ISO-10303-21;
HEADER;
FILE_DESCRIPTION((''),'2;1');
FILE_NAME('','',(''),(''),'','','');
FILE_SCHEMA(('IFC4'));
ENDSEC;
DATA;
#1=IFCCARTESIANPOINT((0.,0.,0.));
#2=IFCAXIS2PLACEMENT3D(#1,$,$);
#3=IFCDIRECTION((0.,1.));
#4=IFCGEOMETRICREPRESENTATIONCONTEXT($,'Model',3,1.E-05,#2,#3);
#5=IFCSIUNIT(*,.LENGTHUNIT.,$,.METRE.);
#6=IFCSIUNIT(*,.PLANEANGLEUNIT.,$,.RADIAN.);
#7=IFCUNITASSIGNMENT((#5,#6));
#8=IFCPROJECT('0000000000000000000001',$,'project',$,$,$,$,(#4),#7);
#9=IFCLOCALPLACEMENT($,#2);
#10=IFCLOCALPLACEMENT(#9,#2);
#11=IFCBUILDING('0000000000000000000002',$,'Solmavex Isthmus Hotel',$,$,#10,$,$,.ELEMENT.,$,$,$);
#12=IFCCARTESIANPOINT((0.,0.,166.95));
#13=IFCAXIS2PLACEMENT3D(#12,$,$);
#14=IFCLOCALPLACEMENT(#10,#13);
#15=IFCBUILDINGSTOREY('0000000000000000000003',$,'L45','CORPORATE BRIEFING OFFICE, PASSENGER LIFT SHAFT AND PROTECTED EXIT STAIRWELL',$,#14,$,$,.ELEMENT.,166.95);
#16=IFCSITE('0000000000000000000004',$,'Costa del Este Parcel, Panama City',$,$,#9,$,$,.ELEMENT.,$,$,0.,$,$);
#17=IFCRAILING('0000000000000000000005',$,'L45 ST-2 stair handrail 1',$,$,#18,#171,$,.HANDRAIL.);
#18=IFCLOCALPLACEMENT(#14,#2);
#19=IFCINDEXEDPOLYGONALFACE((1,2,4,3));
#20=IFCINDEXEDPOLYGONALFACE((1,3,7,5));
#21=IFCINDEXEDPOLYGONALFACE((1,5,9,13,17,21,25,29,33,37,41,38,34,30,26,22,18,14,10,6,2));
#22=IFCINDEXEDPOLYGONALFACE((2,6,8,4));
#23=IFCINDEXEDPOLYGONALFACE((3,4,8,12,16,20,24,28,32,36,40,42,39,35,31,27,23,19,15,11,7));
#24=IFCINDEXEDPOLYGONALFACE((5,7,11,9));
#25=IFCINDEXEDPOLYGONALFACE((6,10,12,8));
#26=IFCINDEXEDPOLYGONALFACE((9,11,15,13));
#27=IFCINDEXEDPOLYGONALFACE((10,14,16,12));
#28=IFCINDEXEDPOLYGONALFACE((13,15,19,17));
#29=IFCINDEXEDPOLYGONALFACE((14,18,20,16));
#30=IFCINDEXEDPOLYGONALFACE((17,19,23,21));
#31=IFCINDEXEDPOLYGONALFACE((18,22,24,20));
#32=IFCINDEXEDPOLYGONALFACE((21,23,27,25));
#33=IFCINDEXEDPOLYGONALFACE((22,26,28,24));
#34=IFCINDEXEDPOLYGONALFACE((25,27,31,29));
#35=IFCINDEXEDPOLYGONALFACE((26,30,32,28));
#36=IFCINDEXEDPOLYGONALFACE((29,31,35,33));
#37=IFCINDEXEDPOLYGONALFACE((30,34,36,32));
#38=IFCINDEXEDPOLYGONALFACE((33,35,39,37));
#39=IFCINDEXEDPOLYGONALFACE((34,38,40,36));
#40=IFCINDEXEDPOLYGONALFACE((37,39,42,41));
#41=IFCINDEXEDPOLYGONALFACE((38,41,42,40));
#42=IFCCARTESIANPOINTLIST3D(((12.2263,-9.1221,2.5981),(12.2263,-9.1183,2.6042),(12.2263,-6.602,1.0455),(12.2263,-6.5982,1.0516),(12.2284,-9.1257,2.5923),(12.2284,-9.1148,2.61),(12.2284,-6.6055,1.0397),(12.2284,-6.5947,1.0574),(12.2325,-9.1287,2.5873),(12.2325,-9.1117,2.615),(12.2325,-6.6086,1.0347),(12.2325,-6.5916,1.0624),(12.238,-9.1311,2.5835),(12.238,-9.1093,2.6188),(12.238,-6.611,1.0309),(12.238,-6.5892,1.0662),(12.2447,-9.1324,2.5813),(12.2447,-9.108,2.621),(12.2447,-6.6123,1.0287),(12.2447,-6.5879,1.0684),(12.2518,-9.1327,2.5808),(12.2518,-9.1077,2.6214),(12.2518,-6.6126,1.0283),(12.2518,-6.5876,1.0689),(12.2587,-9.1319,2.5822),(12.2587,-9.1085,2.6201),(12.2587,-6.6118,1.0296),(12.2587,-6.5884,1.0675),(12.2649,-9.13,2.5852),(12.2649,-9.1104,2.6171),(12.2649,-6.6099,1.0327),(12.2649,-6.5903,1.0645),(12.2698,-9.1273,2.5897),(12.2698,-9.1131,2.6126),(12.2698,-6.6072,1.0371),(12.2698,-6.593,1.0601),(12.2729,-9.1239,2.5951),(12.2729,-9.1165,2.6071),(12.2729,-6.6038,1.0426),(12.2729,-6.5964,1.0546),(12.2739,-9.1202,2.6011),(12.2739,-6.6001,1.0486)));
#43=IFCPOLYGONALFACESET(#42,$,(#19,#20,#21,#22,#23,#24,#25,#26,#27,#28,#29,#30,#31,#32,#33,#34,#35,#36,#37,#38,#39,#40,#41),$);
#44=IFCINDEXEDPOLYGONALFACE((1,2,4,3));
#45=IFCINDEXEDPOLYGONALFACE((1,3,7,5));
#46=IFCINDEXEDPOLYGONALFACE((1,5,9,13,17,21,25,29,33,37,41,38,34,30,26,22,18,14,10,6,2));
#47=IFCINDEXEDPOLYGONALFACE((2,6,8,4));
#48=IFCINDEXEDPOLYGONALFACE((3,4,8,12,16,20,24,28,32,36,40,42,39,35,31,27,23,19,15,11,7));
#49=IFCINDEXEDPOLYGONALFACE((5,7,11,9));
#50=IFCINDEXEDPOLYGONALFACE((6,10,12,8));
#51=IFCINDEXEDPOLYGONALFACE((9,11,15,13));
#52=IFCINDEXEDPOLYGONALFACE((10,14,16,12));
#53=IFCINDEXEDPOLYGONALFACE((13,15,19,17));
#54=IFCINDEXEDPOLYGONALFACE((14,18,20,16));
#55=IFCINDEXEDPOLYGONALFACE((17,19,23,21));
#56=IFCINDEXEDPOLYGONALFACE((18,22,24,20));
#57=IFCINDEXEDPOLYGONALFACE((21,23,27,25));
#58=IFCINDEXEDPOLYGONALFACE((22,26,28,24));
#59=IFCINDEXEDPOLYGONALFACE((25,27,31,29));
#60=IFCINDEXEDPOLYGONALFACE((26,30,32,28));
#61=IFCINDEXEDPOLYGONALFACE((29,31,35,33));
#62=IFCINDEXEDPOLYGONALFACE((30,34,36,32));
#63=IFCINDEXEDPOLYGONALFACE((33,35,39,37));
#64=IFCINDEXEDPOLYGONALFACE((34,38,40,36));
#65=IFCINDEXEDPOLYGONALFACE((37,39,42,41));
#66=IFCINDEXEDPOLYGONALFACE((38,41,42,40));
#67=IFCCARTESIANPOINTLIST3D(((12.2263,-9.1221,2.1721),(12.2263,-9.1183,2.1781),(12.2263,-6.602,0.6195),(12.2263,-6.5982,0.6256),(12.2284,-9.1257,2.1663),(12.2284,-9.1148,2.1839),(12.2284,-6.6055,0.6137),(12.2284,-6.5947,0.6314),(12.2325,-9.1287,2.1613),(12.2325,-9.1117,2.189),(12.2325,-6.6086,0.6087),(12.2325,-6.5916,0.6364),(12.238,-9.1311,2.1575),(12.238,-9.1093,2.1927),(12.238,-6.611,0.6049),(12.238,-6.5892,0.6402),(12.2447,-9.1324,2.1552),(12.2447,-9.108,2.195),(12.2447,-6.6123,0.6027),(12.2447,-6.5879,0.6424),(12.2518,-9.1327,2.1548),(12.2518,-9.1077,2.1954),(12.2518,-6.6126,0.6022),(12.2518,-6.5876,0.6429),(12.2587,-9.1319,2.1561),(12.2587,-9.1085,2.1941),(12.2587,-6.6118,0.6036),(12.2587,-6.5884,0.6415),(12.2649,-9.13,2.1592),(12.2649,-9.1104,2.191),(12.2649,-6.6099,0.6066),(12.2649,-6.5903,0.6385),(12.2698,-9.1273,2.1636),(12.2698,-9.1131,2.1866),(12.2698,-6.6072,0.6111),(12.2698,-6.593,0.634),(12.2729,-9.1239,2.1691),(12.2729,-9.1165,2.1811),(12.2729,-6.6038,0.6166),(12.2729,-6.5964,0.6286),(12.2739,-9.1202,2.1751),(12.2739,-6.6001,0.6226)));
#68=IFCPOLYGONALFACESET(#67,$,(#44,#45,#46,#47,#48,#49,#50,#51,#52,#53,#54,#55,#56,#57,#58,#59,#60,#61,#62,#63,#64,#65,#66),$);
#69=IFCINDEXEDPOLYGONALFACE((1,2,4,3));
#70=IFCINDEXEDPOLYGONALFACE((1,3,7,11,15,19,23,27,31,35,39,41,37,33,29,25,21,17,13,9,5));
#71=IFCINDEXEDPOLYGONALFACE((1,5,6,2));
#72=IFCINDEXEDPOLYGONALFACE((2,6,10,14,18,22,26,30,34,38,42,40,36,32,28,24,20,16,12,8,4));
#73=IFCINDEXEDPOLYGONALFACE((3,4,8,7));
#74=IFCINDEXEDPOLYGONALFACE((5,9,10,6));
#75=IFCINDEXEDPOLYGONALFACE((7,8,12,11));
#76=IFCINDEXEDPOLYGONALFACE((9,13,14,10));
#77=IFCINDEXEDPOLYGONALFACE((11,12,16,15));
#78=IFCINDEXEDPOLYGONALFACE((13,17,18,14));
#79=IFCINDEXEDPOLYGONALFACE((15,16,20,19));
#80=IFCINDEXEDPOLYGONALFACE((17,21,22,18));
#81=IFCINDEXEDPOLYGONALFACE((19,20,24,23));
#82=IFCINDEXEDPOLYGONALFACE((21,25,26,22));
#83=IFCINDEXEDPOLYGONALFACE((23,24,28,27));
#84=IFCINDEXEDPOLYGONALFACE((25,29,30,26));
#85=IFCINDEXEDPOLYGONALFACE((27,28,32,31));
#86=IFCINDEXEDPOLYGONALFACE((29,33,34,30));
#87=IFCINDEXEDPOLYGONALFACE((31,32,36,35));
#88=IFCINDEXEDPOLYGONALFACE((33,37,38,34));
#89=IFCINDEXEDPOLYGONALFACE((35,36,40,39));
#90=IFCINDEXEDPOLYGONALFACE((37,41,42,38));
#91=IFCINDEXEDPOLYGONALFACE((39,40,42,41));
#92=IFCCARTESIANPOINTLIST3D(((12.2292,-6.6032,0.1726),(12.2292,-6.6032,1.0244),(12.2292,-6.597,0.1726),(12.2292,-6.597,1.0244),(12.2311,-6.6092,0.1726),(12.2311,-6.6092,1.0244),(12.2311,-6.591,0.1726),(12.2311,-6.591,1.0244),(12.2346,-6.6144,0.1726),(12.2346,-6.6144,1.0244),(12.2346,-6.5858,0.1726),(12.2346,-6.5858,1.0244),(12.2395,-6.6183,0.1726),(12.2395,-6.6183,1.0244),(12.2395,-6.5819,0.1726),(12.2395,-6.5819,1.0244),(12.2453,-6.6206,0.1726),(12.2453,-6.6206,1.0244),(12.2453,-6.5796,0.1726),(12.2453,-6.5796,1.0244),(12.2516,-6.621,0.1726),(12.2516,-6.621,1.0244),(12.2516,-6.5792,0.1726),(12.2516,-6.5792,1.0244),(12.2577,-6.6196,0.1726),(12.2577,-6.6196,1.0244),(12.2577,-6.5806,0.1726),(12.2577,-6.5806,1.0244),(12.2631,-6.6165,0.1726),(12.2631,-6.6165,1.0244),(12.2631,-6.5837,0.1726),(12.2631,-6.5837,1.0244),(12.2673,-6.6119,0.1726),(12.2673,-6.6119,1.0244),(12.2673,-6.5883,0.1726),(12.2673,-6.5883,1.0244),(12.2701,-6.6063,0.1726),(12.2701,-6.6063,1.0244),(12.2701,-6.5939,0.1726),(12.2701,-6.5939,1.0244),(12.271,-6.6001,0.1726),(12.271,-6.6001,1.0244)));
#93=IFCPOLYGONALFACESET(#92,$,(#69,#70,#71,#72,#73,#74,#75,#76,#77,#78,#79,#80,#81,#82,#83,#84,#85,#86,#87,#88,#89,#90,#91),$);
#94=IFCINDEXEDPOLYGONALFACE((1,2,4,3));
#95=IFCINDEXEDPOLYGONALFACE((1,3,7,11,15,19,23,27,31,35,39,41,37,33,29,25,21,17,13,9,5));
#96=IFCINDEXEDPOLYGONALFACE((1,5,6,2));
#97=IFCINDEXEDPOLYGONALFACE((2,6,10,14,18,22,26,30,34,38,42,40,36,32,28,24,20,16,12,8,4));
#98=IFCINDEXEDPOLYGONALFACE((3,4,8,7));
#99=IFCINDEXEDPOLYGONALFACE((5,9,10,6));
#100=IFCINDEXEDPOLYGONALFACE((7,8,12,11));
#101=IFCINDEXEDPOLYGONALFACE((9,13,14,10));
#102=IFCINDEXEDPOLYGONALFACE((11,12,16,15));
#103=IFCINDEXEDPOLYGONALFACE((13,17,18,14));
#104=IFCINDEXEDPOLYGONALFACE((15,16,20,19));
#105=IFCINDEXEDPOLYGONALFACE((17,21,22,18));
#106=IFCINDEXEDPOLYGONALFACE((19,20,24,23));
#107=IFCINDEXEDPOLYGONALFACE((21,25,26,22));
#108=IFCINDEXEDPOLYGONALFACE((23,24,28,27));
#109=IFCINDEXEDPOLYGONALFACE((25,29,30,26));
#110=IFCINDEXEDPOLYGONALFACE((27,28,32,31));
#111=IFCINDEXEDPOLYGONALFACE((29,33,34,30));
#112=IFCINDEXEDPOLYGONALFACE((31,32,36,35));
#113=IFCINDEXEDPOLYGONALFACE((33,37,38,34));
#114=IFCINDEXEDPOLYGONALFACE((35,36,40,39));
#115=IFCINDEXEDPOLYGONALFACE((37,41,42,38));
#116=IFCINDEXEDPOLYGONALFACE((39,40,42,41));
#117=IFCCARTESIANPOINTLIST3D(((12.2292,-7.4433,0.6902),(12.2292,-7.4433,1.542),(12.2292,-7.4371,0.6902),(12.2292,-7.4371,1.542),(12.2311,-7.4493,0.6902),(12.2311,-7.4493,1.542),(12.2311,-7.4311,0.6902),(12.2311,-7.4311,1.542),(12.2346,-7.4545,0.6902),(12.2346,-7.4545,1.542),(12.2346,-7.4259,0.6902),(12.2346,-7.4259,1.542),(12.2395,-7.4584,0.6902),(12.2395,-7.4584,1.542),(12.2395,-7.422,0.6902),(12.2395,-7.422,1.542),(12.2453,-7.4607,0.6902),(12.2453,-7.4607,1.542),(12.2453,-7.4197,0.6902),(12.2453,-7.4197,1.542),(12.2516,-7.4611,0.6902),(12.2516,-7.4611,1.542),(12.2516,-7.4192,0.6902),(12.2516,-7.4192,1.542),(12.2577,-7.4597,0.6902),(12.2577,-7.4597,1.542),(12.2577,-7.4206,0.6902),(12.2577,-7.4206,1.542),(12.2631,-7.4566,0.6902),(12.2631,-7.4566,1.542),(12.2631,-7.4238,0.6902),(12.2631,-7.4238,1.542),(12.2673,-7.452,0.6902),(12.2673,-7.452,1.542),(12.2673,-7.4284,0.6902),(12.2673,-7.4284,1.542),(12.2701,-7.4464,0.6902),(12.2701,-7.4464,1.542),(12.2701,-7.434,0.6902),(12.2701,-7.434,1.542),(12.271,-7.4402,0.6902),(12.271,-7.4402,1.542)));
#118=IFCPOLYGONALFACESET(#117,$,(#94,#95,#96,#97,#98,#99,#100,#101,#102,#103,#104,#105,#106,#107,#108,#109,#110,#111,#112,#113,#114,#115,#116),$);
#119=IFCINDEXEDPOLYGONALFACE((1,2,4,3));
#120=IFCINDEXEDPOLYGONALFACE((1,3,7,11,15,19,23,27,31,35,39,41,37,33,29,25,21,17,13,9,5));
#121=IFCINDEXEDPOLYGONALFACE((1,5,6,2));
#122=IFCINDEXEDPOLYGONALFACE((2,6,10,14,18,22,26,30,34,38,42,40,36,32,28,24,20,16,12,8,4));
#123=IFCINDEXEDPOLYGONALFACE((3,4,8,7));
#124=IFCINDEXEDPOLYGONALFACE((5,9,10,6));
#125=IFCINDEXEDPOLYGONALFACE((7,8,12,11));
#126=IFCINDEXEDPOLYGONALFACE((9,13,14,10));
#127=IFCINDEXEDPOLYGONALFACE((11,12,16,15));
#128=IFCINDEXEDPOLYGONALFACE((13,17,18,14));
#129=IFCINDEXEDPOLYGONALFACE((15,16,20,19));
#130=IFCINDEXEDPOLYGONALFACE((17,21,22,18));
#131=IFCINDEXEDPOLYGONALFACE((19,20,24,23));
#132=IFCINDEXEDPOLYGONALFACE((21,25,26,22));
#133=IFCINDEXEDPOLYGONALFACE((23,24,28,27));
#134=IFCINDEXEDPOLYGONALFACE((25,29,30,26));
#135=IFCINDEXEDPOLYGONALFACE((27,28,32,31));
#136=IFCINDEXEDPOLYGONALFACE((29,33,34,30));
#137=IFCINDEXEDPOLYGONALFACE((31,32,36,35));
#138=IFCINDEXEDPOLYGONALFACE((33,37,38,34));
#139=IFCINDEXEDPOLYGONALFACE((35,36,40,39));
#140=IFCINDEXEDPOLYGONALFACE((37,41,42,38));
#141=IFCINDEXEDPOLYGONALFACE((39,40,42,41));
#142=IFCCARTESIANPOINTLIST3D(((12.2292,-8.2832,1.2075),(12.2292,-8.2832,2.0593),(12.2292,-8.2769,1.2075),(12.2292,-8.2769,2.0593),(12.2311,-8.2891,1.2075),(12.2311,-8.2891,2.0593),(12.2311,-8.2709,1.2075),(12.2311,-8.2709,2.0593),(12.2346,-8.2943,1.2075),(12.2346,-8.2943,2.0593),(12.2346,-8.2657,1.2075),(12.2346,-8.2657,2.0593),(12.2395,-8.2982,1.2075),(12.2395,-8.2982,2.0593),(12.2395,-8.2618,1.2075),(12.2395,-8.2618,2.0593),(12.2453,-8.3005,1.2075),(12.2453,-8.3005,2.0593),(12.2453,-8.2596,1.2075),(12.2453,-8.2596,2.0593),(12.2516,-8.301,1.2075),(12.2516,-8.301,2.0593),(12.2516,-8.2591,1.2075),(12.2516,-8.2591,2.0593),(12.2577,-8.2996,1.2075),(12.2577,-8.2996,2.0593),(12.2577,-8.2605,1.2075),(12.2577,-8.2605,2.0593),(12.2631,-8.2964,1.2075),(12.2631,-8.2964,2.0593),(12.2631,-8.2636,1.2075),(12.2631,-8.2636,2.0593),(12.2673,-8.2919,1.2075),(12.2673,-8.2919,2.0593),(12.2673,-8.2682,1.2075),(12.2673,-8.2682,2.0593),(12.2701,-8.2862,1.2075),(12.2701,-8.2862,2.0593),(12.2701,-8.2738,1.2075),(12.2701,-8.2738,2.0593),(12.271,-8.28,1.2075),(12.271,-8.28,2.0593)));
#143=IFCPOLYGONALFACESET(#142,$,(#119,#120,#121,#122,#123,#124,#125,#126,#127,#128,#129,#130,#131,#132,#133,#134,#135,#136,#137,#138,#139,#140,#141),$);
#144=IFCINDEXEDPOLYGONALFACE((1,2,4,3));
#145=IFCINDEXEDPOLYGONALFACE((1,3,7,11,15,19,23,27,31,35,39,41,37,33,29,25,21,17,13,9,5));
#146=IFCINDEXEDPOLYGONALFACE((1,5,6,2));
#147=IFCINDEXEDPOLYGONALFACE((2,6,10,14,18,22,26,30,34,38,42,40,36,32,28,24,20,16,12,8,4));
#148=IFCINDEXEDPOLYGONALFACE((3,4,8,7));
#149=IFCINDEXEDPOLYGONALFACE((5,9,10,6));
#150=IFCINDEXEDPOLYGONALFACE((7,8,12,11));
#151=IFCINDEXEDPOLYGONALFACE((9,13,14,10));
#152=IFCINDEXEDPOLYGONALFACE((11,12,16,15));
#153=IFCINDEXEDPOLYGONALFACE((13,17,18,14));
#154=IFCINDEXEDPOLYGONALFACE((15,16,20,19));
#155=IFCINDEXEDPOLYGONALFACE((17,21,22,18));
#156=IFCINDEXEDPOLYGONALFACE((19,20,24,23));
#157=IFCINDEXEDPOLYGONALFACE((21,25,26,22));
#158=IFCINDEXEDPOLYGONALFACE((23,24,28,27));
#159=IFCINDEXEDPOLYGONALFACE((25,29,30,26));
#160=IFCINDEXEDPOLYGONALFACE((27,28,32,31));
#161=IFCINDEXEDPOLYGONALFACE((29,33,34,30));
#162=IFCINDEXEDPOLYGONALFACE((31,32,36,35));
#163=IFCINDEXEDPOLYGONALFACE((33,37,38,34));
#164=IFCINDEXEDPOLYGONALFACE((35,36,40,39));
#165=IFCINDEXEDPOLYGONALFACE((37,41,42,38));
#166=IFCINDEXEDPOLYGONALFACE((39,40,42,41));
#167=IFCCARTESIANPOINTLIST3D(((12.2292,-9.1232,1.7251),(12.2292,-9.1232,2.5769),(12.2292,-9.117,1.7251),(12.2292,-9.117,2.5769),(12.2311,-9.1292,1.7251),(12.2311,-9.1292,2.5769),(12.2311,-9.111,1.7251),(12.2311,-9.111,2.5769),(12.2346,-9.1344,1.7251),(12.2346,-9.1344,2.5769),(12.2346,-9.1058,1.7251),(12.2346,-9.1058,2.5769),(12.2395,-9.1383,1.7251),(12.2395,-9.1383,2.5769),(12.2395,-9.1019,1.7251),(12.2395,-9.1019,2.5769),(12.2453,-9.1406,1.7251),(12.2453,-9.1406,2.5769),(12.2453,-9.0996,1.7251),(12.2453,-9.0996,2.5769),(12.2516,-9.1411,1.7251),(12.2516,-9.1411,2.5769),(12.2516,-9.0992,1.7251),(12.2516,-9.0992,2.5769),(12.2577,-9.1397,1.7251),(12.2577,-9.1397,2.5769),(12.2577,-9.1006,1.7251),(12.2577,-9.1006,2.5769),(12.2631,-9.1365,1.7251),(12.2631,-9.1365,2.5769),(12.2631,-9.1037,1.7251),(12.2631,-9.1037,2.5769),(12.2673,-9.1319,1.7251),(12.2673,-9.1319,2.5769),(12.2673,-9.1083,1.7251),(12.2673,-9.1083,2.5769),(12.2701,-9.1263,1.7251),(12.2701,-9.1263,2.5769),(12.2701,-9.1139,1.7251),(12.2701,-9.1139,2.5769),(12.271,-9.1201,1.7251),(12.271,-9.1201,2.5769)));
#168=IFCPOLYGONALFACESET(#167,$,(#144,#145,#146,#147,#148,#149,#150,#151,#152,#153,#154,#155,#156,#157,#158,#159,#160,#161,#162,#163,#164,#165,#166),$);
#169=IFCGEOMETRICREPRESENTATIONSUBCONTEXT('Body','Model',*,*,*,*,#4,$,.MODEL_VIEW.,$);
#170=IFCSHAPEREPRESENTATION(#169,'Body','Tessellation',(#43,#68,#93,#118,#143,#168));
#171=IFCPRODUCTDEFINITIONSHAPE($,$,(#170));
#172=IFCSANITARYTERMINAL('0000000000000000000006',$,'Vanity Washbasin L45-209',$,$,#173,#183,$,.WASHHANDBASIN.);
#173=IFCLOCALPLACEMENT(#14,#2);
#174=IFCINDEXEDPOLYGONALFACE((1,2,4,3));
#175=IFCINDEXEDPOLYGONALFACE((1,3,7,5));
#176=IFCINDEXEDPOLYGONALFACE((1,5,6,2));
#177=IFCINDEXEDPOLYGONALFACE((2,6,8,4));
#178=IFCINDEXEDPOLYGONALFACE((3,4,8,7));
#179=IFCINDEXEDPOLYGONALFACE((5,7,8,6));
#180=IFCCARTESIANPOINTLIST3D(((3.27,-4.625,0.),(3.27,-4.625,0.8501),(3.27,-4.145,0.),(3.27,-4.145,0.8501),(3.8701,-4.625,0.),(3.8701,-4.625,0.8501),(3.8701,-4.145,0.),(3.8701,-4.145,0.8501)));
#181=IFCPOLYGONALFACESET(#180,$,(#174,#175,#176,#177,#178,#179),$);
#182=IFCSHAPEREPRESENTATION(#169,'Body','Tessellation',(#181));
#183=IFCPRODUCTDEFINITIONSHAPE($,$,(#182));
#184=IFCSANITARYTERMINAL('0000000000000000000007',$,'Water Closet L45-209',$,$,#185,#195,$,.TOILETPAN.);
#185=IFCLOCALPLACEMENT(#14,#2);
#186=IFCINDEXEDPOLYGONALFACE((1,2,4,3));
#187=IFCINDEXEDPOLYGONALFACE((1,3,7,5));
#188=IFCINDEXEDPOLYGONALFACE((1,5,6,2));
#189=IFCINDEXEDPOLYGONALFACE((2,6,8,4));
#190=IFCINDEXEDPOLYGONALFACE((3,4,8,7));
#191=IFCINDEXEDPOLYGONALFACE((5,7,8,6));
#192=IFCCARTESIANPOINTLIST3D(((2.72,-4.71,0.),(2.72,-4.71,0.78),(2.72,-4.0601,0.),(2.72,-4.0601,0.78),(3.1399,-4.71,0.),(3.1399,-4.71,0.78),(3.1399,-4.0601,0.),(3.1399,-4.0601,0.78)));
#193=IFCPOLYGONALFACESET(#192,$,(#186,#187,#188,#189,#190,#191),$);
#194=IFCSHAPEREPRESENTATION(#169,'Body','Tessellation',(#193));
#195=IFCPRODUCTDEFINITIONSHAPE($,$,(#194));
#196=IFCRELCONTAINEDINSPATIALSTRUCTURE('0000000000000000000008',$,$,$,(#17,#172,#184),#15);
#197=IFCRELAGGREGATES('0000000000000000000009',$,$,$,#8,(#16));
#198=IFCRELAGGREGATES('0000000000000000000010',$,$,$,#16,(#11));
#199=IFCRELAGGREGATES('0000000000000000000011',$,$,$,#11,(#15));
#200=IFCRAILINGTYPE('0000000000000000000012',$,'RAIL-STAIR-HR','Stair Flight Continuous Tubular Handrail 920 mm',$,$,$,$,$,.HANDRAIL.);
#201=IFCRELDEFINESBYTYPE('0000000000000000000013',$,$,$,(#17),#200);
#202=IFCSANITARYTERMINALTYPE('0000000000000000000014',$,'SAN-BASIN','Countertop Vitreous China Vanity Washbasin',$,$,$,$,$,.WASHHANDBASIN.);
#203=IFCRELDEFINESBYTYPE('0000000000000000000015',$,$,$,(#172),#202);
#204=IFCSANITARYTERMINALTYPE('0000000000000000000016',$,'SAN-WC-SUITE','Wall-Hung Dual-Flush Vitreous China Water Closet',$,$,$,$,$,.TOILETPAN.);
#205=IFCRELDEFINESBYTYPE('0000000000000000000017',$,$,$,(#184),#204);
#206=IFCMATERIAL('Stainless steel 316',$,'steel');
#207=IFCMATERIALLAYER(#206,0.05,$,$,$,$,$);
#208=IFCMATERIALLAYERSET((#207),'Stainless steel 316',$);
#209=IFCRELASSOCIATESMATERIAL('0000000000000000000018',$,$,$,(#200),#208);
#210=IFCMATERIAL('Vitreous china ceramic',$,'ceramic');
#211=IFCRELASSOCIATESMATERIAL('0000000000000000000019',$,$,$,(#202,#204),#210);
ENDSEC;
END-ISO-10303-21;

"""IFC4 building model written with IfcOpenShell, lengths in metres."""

from ifc_helpers import new_model, si_unit, direction, frame, origin, origin_2d, place, context, subcontext, project, spatial, rectangle, circle, extrude, material, layer, layer_set, type_object, element, save


model = new_model("IFC4")

# Units and contexts
model_context = context("Model", 3, precision=1e-05, world=origin(), true_north=direction((0.0, 1.0)))
body_context = subcontext(model_context, "Body", "Model", "MODEL_VIEW")
ifc_project = project(units=[si_unit("LENGTHUNIT", "METRE"), si_unit("PLANEANGLEUNIT", "RADIAN")], contexts=[model_context])

# Site, building, storey
site_placement = place(None, origin())
site = spatial("IfcSite", under=ifc_project, at=site_placement, Name="Costa del Este Parcel, Panama City", CompositionType="ELEMENT", RefElevation=0.0)
building_placement = place(site_placement, origin())
building = spatial("IfcBuilding", under=site, at=building_placement, Name="Solmavex Isthmus Hotel", CompositionType="ELEMENT")
storey_placement = place(building_placement, frame((0.0, 0.0, 166.95)))
storey = spatial("IfcBuildingStorey", under=building, at=storey_placement, Name="L45", Description="CORPORATE BRIEFING OFFICE, PASSENGER LIFT SHAFT AND PROTECTED EXIT STAIRWELL", CompositionType="ELEMENT", Elevation=166.95)

# Shared definitions
ifc_material_1 = material(Name="Stainless steel 316", Category="steel")

# Railing
ifc_layer_1 = layer(ifc_material_1, 0.05)
ifc_layer_set_1 = layer_set([ifc_layer_1], Name="Stainless steel 316")
railing_type_1 = type_object("IfcRailingType", Name="RAIL-STAIR-HR", Description="Stair Flight Continuous Tubular Handrail 920 mm", PredefinedType="HANDRAIL", material=ifc_layer_set_1)
railing_1_placement = place(storey_placement, frame((12.25, -6.6001, 0.1726)))
element("IfcRailing", 1, at=railing_1_placement, inside=storey, type_object=railing_type_1, Name="L45 ST-2 stair handrail 1", PredefinedType="HANDRAIL", context=body_context, shape_type="SweptSolid", body=[
    extrude(circle(Radius=0.0239, at=origin_2d()), frame((0.0, 0.0, 0.876), z_axis=(0.0, -0.8514, 0.524516), x_axis=(1.0, 0.0, 0.0)), (0.0, 0.0, 1.0), 2.96),
    extrude(circle(Radius=0.0239, at=origin_2d()), frame((0.0, 0.0, 0.45), z_axis=(0.0, -0.8514, 0.524516), x_axis=(1.0, 0.0, 0.0)), (0.0, 0.0, 1.0), 2.96),
    extrude(circle(Radius=0.021, at=origin_2d()), origin(), (0.0, 0.0, 1.0), 0.8518),
    extrude(circle(Radius=0.021, at=origin_2d()), frame((0.0, -0.8401, 0.5176)), (0.0, 0.0, 1.0), 0.8518),
    extrude(circle(Radius=0.021, at=origin_2d()), frame((0.0, -1.6799, 1.0349)), (0.0, 0.0, 1.0), 0.8518),
    extrude(circle(Radius=0.021, at=origin_2d()), frame((0.0, -2.52, 1.5525)), (0.0, 0.0, 1.0), 0.8518),
])

# Sanitary terminals
ifc_material_2 = material(Name="Vitreous china ceramic", Category="ceramic")
sanitary_terminal_type_1 = type_object("IfcSanitaryTerminalType", Name="SAN-BASIN", Description="Countertop Vitreous China Vanity Washbasin", PredefinedType="WASHHANDBASIN", material=ifc_material_2)
sanitary_terminal_1_placement = place(storey_placement, frame((3.5701, -4.385, 0.0), z_axis=(0.0, 0.0, 1.0), x_axis=(1.0, 0.0, 0.0)))
element("IfcSanitaryTerminal", 2, at=sanitary_terminal_1_placement, inside=storey, type_object=sanitary_terminal_type_1, Name="Vanity Washbasin L45-209", PredefinedType="WASHHANDBASIN", context=body_context, shape_type="SweptSolid", body=[
    extrude(rectangle(XDim=0.6001, YDim=0.48, at=origin_2d()), origin(), (0.0, 0.0, 1.0), 0.8501),
])
sanitary_terminal_type_2 = type_object("IfcSanitaryTerminalType", Name="SAN-WC-SUITE", Description="Wall-Hung Dual-Flush Vitreous China Water Closet", PredefinedType="TOILETPAN", material=ifc_material_2)
sanitary_terminal_2_placement = place(storey_placement, frame((2.9299, -4.385, 0.0), z_axis=(0.0, 0.0, 1.0), x_axis=(1.0, 0.0, 0.0)))
element("IfcSanitaryTerminal", 3, at=sanitary_terminal_2_placement, inside=storey, type_object=sanitary_terminal_type_2, Name="Water Closet L45-209", PredefinedType="TOILETPAN", context=body_context, shape_type="SweptSolid", body=[
    extrude(rectangle(XDim=0.4199, YDim=0.6499, at=origin_2d()), origin(), (0.0, 0.0, 1.0), 0.78),
])

save(model, "model.ifc")
